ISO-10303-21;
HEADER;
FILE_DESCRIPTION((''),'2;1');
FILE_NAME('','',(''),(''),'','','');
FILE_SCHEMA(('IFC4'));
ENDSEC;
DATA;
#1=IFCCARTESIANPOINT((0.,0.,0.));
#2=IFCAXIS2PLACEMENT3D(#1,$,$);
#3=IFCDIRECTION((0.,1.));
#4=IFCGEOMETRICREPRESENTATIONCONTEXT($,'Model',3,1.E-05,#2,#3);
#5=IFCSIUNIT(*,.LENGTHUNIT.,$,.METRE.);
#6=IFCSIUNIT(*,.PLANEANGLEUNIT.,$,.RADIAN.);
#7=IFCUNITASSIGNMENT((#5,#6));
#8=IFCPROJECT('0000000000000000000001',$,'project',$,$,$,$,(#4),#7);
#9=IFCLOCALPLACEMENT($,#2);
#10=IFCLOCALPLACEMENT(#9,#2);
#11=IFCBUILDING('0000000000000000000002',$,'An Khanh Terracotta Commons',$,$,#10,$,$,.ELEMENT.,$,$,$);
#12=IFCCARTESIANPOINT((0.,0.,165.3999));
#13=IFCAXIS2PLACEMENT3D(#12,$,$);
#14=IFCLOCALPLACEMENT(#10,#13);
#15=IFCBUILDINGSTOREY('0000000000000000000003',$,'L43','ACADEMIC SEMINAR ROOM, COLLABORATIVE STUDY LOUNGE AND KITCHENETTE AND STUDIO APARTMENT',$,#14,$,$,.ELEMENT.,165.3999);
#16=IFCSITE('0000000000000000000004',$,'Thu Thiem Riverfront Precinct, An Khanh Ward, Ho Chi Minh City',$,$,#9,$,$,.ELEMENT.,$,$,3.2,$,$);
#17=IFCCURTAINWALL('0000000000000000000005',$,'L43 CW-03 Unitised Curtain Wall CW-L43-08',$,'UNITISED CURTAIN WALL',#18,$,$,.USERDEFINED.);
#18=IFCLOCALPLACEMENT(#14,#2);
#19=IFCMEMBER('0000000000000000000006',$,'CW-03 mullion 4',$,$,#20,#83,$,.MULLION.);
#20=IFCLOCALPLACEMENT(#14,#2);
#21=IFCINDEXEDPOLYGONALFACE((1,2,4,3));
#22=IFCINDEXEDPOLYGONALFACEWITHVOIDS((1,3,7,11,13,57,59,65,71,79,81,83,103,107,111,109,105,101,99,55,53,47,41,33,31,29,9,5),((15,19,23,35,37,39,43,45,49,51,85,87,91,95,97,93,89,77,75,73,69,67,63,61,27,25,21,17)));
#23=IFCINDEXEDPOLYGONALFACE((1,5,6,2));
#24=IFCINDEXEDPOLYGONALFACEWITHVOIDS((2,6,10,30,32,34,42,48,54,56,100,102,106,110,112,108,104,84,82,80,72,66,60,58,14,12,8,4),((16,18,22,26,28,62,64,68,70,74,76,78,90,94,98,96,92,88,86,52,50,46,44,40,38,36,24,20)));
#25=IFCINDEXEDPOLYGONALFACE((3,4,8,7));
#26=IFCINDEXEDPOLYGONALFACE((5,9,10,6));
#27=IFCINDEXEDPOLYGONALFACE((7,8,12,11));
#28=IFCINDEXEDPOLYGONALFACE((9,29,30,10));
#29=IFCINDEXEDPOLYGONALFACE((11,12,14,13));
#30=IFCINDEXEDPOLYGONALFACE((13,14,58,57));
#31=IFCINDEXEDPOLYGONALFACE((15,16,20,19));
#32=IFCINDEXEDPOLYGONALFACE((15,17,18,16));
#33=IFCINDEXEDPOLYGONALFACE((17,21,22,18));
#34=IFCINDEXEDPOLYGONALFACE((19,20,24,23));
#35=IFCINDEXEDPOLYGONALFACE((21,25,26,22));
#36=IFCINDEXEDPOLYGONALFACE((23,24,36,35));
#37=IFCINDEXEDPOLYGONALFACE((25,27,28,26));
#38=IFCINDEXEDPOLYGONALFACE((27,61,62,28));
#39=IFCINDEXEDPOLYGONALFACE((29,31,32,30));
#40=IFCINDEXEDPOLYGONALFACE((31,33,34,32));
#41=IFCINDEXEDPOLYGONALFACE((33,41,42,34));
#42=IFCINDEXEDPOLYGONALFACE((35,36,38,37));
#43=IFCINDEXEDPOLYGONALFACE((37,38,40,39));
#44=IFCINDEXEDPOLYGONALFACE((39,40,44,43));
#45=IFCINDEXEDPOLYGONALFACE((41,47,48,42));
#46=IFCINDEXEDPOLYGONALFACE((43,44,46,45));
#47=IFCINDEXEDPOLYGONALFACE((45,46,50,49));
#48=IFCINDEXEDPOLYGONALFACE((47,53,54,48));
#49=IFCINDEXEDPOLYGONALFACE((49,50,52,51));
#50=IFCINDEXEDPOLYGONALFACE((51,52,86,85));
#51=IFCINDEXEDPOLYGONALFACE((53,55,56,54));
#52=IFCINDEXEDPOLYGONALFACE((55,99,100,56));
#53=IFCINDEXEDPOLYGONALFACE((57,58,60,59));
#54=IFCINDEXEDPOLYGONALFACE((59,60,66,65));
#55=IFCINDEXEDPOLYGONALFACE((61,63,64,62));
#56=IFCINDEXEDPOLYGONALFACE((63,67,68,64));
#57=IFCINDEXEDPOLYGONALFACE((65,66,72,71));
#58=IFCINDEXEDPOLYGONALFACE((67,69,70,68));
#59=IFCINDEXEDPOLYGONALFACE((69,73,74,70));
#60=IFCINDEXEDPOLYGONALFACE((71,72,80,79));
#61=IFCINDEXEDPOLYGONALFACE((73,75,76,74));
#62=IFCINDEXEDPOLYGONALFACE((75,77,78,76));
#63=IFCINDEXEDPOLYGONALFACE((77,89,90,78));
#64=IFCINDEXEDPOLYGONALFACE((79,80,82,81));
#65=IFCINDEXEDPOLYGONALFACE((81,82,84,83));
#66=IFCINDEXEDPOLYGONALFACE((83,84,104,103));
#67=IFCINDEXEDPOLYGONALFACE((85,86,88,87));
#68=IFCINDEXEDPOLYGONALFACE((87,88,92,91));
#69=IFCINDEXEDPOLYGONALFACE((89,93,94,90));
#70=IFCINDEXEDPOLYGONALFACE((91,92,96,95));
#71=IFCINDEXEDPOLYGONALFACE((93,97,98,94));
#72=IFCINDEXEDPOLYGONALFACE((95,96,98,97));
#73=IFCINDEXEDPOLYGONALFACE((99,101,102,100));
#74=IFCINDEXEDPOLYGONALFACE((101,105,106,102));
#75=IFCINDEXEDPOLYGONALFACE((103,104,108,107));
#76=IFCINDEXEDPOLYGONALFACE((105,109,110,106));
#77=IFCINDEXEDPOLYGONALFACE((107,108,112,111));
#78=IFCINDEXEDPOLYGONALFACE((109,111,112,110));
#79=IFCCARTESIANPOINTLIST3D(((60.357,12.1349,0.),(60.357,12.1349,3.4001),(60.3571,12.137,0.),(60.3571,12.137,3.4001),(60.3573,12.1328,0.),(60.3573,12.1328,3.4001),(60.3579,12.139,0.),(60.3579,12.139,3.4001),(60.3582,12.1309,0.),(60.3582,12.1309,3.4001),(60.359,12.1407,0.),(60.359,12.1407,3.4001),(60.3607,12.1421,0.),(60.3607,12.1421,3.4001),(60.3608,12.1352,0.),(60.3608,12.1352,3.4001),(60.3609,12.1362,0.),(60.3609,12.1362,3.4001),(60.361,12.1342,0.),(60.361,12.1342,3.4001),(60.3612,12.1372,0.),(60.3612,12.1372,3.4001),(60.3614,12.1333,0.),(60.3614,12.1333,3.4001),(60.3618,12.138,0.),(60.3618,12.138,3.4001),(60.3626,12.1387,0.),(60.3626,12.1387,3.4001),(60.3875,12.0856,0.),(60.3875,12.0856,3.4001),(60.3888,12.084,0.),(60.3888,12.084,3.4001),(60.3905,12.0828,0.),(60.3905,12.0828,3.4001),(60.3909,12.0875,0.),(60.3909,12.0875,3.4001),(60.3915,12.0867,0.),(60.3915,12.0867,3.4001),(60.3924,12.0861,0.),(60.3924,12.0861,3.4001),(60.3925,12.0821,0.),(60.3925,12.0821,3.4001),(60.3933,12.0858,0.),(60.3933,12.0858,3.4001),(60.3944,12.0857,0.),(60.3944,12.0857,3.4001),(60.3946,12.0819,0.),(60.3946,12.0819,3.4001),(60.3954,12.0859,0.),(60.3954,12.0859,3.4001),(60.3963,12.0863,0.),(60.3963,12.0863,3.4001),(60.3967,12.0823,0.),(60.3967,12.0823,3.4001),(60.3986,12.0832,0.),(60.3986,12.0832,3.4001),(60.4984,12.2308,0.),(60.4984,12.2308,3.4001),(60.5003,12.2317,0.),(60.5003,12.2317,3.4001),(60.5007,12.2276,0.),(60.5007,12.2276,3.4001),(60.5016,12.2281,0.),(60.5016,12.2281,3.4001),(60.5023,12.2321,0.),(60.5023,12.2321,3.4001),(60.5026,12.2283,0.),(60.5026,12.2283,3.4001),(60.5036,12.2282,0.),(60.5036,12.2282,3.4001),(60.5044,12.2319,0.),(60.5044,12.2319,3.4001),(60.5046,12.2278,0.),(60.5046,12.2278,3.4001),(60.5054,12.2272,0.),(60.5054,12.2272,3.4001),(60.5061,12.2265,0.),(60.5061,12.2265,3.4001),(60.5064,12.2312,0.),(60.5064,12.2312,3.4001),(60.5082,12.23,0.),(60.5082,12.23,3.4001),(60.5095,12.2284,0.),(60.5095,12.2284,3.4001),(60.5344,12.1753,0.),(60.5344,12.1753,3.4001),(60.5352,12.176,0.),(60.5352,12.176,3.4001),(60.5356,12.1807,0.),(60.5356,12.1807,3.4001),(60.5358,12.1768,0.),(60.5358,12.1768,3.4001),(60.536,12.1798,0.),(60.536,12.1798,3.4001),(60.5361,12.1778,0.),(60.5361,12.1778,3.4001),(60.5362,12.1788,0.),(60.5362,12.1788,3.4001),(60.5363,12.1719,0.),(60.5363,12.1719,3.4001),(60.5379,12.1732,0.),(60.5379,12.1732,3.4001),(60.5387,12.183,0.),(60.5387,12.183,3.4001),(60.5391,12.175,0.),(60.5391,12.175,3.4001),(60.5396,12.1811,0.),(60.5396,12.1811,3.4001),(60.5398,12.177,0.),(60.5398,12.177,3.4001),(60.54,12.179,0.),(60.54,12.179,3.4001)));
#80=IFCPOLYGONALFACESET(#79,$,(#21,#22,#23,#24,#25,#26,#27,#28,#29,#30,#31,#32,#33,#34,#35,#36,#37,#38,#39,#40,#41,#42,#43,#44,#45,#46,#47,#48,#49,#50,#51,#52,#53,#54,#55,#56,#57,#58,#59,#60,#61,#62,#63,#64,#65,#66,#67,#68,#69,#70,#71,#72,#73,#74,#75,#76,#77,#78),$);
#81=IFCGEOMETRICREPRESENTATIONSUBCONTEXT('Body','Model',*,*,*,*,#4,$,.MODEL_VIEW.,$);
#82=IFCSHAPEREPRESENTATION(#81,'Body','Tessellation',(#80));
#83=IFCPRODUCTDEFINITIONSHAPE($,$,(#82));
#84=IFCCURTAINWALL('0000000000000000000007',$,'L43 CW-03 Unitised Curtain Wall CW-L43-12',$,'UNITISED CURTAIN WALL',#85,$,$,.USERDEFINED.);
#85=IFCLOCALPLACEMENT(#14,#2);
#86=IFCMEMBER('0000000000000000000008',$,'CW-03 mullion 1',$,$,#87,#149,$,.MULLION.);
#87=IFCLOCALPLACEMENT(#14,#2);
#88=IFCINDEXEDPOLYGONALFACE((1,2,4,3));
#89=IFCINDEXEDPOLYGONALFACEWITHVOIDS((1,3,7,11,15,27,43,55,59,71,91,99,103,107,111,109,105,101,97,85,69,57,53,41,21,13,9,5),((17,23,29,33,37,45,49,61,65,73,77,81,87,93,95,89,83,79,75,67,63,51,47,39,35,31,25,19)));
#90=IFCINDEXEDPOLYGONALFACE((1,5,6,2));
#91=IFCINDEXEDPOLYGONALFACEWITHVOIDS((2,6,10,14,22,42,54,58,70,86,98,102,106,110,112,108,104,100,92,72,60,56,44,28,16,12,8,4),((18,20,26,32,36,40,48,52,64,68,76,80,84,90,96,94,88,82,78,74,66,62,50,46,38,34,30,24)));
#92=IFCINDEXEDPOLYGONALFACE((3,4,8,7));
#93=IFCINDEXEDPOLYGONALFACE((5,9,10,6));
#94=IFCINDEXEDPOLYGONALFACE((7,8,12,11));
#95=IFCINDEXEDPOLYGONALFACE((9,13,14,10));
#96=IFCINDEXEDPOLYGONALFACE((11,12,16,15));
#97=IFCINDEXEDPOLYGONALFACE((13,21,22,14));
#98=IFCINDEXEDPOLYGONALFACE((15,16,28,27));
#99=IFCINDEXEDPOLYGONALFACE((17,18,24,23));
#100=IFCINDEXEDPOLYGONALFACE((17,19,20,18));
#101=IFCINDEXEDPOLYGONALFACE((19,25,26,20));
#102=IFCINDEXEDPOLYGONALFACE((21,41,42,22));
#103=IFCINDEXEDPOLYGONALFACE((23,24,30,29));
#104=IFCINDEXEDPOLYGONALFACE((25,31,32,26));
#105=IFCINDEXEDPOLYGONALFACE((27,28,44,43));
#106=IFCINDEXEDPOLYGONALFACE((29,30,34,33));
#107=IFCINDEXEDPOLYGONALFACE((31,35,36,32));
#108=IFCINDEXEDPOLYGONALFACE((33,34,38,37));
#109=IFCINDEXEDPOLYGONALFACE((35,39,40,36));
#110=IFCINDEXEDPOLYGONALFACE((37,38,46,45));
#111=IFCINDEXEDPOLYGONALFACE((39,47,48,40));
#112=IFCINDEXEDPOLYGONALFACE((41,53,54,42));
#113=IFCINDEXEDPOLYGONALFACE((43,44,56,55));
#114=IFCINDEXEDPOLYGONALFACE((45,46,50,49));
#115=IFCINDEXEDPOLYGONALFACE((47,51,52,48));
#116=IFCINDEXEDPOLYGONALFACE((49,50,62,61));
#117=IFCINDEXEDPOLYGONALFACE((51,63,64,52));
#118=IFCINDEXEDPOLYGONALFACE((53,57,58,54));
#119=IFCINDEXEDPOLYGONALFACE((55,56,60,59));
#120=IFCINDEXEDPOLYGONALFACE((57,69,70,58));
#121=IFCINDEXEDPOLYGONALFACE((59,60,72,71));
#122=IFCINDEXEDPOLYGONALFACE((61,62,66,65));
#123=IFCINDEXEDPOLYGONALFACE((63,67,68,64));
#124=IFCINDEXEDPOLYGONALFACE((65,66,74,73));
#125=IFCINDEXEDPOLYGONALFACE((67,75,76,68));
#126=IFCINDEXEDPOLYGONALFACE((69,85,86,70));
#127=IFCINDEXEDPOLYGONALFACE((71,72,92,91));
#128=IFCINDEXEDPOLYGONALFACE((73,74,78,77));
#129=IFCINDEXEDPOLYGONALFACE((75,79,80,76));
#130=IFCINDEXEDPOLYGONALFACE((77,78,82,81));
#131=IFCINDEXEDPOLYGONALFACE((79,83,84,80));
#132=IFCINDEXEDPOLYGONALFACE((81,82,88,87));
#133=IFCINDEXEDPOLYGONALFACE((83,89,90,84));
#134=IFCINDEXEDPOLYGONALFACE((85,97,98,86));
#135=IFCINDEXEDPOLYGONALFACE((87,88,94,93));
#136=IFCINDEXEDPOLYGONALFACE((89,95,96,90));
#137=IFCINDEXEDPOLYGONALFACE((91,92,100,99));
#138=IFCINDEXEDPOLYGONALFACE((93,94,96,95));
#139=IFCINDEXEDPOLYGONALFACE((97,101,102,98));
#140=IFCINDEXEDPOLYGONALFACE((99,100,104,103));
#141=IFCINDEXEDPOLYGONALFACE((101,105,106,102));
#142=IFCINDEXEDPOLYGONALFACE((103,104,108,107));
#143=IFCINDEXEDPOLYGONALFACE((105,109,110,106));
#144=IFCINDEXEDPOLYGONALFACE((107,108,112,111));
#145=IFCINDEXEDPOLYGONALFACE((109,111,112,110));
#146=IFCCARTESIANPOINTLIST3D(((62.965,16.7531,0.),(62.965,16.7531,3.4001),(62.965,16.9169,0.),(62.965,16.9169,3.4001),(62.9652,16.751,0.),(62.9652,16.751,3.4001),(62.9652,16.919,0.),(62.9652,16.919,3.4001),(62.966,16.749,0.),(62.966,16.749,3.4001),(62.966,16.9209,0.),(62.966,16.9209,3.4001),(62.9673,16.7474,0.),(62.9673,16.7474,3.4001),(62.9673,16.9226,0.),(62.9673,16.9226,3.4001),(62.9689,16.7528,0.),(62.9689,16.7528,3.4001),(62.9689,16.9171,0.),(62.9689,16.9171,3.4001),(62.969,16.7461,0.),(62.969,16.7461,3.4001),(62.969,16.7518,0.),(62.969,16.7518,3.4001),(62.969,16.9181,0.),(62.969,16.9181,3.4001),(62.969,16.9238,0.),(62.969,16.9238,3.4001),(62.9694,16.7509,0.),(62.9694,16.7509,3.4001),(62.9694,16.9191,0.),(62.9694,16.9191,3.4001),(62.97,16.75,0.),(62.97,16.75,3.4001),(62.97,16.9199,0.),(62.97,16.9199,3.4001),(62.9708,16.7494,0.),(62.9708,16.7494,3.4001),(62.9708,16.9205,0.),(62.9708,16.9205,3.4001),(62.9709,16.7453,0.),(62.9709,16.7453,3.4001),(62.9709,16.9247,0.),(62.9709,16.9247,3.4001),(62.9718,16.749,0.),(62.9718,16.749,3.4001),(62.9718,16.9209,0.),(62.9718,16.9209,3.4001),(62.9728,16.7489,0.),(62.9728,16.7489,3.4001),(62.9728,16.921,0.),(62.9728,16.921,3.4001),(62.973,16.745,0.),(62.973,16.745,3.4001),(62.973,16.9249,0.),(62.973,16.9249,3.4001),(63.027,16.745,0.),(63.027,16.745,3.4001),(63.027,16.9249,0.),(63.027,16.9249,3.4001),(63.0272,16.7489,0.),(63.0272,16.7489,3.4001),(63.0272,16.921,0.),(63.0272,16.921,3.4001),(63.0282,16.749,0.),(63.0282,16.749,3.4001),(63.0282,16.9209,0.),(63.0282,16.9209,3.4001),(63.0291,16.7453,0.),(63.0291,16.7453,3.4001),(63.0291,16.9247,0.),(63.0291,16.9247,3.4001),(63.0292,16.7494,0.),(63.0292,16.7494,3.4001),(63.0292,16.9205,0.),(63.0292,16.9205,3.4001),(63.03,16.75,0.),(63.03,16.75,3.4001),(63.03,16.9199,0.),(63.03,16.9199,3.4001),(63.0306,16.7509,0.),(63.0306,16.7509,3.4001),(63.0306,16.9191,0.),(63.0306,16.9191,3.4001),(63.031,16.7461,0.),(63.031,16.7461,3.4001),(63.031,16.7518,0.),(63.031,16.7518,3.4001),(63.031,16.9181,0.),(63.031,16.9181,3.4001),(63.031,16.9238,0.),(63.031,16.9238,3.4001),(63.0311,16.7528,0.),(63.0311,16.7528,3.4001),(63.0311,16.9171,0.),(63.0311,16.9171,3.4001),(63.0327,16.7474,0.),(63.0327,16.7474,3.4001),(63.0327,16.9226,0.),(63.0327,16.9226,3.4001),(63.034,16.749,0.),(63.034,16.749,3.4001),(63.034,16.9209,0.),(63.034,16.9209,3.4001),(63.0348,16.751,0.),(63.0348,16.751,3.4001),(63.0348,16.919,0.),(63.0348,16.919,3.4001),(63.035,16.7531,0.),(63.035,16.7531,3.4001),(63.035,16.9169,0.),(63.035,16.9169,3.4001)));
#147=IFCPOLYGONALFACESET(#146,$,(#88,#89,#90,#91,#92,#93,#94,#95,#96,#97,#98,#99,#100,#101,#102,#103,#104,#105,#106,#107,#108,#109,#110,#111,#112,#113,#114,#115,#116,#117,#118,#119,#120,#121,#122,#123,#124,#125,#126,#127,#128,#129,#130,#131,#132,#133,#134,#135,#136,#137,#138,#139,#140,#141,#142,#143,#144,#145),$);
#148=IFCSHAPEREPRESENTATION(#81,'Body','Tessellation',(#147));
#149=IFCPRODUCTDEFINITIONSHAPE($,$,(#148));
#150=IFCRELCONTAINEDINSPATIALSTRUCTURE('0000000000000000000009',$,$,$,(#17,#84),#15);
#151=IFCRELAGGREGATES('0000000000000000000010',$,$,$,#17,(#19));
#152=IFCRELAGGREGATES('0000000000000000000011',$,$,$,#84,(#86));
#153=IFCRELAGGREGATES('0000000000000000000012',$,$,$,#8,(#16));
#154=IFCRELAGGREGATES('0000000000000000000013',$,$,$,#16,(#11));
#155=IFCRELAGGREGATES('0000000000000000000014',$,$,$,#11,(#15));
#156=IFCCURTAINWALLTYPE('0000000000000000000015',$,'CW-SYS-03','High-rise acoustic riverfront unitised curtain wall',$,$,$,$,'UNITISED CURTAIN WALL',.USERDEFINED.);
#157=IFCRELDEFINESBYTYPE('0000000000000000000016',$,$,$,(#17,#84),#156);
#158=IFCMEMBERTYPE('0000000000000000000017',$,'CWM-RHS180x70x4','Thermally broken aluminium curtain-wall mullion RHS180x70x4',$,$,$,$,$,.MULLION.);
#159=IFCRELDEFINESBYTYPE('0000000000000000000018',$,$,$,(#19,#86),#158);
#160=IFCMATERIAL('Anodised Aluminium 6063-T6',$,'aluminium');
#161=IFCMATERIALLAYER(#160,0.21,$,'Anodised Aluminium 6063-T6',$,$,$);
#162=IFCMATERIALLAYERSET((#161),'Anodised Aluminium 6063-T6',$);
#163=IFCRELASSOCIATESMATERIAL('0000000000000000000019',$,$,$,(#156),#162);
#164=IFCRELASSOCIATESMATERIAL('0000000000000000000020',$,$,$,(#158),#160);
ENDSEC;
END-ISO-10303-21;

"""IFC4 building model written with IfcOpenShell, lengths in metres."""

from ifc_helpers import new_model, si_unit, direction, frame, origin, origin_2d, place, context, subcontext, project, spatial, hollow_rectangle, extrude, material, layer, layer_set, material_profile, profile_set, type_object, element, aggregate, save


model = new_model("IFC4")

# Units and contexts
model_context = context("Model", 3, precision=1e-05, world=origin(), true_north=direction((0.0, 1.0)))
body_context = subcontext(model_context, "Body", "Model", "MODEL_VIEW")
ifc_project = project(units=[si_unit("LENGTHUNIT", "METRE"), si_unit("PLANEANGLEUNIT", "RADIAN")], contexts=[model_context])

# Site, building, storey
site_placement = place(None, origin())
site = spatial("IfcSite", under=ifc_project, at=site_placement, Name="Thu Thiem Riverfront Precinct, An Khanh Ward, Ho Chi Minh City", CompositionType="ELEMENT", RefElevation=3.2)
building_placement = place(site_placement, origin())
building = spatial("IfcBuilding", under=site, at=building_placement, Name="An Khanh Terracotta Commons", CompositionType="ELEMENT")
storey_placement = place(building_placement, frame((0.0, 0.0, 165.3999)))
storey = spatial("IfcBuildingStorey", under=building, at=storey_placement, Name="L43", Description="ACADEMIC SEMINAR ROOM, COLLABORATIVE STUDY LOUNGE AND KITCHENETTE AND STUDIO APARTMENT", CompositionType="ELEMENT", Elevation=165.3999)

# Curtain walls, members
ifc_material_1 = material(Name="Anodised Aluminium 6063-T6", Category="aluminium")
ifc_layer_1 = layer(ifc_material_1, 0.21, Name="Anodised Aluminium 6063-T6")
ifc_layer_set_1 = layer_set([ifc_layer_1], Name="Anodised Aluminium 6063-T6")
curtain_wall_type = type_object("IfcCurtainWallType", Name="CW-SYS-03", Description="High-rise acoustic riverfront unitised curtain wall", ElementType="UNITISED CURTAIN WALL", PredefinedType="USERDEFINED", material=ifc_layer_set_1)
curtain_wall_1_placement = place(storey_placement, origin())
curtain_wall_1 = element("IfcCurtainWall", 1, at=curtain_wall_1_placement, inside=storey, type_object=curtain_wall_type, Name="L43 CW-03 Unitised Curtain Wall CW-L43-08", ObjectType="UNITISED CURTAIN WALL", PredefinedType="USERDEFINED")
ifc_material_profile_1 = material_profile(ifc_material_1, hollow_rectangle(XDim=0.0701, YDim=0.1799, WallThickness=0.0039, InnerFilletRadius=0.0039, OuterFilletRadius=0.0081, at=origin_2d()), Name="RHS180x70x4")
ifc_profile_set_1 = profile_set([ifc_material_profile_1], Name="Anodised Aluminium 6063-T6")
member_type_1 = type_object("IfcMemberType", Name="CWM-RHS180x70x4", Description="Thermally broken aluminium curtain-wall mullion RHS180x70x4", PredefinedType="MULLION", material=ifc_profile_set_1)
member_1_placement = place(storey_placement, frame((60.4485, 12.157, 0.0), z_axis=(0.0, 0.0, 1.0), x_axis=(-0.541498, 0.840702, 0.0)))
member_1 = element("IfcMember", 2, at=member_1_placement, type_object=member_type_1, Name="CW-03 mullion 4", PredefinedType="MULLION", context=body_context, shape_type="SweptSolid", body=[
    extrude(hollow_rectangle(XDim=0.0701, YDim=0.1799, WallThickness=0.0039, InnerFilletRadius=0.0039, OuterFilletRadius=0.0081, at=origin_2d()), origin(), (0.0, 0.0, 1.0), 3.4001),
])
curtain_wall_2_placement = place(storey_placement, origin())
curtain_wall_2 = element("IfcCurtainWall", 3, at=curtain_wall_2_placement, inside=storey, type_object=curtain_wall_type, Name="L43 CW-03 Unitised Curtain Wall CW-L43-12", ObjectType="UNITISED CURTAIN WALL", PredefinedType="USERDEFINED")
member_2_placement = place(storey_placement, frame((63.0, 16.835, 0.0), z_axis=(0.0, 0.0, 1.0), x_axis=(-1.0, 0.0, 0.0)))
member_2 = element("IfcMember", 4, at=member_2_placement, type_object=member_type_1, Name="CW-03 mullion 1", PredefinedType="MULLION", context=body_context, shape_type="SweptSolid", body=[
    extrude(hollow_rectangle(XDim=0.0701, YDim=0.1799, WallThickness=0.0039, InnerFilletRadius=0.0039, OuterFilletRadius=0.0081, at=origin_2d()), origin(), (0.0, 0.0, 1.0), 3.4001),
])

aggregate(curtain_wall_1, [member_1])
aggregate(curtain_wall_2, [member_2])

save(model, "model.ifc")
